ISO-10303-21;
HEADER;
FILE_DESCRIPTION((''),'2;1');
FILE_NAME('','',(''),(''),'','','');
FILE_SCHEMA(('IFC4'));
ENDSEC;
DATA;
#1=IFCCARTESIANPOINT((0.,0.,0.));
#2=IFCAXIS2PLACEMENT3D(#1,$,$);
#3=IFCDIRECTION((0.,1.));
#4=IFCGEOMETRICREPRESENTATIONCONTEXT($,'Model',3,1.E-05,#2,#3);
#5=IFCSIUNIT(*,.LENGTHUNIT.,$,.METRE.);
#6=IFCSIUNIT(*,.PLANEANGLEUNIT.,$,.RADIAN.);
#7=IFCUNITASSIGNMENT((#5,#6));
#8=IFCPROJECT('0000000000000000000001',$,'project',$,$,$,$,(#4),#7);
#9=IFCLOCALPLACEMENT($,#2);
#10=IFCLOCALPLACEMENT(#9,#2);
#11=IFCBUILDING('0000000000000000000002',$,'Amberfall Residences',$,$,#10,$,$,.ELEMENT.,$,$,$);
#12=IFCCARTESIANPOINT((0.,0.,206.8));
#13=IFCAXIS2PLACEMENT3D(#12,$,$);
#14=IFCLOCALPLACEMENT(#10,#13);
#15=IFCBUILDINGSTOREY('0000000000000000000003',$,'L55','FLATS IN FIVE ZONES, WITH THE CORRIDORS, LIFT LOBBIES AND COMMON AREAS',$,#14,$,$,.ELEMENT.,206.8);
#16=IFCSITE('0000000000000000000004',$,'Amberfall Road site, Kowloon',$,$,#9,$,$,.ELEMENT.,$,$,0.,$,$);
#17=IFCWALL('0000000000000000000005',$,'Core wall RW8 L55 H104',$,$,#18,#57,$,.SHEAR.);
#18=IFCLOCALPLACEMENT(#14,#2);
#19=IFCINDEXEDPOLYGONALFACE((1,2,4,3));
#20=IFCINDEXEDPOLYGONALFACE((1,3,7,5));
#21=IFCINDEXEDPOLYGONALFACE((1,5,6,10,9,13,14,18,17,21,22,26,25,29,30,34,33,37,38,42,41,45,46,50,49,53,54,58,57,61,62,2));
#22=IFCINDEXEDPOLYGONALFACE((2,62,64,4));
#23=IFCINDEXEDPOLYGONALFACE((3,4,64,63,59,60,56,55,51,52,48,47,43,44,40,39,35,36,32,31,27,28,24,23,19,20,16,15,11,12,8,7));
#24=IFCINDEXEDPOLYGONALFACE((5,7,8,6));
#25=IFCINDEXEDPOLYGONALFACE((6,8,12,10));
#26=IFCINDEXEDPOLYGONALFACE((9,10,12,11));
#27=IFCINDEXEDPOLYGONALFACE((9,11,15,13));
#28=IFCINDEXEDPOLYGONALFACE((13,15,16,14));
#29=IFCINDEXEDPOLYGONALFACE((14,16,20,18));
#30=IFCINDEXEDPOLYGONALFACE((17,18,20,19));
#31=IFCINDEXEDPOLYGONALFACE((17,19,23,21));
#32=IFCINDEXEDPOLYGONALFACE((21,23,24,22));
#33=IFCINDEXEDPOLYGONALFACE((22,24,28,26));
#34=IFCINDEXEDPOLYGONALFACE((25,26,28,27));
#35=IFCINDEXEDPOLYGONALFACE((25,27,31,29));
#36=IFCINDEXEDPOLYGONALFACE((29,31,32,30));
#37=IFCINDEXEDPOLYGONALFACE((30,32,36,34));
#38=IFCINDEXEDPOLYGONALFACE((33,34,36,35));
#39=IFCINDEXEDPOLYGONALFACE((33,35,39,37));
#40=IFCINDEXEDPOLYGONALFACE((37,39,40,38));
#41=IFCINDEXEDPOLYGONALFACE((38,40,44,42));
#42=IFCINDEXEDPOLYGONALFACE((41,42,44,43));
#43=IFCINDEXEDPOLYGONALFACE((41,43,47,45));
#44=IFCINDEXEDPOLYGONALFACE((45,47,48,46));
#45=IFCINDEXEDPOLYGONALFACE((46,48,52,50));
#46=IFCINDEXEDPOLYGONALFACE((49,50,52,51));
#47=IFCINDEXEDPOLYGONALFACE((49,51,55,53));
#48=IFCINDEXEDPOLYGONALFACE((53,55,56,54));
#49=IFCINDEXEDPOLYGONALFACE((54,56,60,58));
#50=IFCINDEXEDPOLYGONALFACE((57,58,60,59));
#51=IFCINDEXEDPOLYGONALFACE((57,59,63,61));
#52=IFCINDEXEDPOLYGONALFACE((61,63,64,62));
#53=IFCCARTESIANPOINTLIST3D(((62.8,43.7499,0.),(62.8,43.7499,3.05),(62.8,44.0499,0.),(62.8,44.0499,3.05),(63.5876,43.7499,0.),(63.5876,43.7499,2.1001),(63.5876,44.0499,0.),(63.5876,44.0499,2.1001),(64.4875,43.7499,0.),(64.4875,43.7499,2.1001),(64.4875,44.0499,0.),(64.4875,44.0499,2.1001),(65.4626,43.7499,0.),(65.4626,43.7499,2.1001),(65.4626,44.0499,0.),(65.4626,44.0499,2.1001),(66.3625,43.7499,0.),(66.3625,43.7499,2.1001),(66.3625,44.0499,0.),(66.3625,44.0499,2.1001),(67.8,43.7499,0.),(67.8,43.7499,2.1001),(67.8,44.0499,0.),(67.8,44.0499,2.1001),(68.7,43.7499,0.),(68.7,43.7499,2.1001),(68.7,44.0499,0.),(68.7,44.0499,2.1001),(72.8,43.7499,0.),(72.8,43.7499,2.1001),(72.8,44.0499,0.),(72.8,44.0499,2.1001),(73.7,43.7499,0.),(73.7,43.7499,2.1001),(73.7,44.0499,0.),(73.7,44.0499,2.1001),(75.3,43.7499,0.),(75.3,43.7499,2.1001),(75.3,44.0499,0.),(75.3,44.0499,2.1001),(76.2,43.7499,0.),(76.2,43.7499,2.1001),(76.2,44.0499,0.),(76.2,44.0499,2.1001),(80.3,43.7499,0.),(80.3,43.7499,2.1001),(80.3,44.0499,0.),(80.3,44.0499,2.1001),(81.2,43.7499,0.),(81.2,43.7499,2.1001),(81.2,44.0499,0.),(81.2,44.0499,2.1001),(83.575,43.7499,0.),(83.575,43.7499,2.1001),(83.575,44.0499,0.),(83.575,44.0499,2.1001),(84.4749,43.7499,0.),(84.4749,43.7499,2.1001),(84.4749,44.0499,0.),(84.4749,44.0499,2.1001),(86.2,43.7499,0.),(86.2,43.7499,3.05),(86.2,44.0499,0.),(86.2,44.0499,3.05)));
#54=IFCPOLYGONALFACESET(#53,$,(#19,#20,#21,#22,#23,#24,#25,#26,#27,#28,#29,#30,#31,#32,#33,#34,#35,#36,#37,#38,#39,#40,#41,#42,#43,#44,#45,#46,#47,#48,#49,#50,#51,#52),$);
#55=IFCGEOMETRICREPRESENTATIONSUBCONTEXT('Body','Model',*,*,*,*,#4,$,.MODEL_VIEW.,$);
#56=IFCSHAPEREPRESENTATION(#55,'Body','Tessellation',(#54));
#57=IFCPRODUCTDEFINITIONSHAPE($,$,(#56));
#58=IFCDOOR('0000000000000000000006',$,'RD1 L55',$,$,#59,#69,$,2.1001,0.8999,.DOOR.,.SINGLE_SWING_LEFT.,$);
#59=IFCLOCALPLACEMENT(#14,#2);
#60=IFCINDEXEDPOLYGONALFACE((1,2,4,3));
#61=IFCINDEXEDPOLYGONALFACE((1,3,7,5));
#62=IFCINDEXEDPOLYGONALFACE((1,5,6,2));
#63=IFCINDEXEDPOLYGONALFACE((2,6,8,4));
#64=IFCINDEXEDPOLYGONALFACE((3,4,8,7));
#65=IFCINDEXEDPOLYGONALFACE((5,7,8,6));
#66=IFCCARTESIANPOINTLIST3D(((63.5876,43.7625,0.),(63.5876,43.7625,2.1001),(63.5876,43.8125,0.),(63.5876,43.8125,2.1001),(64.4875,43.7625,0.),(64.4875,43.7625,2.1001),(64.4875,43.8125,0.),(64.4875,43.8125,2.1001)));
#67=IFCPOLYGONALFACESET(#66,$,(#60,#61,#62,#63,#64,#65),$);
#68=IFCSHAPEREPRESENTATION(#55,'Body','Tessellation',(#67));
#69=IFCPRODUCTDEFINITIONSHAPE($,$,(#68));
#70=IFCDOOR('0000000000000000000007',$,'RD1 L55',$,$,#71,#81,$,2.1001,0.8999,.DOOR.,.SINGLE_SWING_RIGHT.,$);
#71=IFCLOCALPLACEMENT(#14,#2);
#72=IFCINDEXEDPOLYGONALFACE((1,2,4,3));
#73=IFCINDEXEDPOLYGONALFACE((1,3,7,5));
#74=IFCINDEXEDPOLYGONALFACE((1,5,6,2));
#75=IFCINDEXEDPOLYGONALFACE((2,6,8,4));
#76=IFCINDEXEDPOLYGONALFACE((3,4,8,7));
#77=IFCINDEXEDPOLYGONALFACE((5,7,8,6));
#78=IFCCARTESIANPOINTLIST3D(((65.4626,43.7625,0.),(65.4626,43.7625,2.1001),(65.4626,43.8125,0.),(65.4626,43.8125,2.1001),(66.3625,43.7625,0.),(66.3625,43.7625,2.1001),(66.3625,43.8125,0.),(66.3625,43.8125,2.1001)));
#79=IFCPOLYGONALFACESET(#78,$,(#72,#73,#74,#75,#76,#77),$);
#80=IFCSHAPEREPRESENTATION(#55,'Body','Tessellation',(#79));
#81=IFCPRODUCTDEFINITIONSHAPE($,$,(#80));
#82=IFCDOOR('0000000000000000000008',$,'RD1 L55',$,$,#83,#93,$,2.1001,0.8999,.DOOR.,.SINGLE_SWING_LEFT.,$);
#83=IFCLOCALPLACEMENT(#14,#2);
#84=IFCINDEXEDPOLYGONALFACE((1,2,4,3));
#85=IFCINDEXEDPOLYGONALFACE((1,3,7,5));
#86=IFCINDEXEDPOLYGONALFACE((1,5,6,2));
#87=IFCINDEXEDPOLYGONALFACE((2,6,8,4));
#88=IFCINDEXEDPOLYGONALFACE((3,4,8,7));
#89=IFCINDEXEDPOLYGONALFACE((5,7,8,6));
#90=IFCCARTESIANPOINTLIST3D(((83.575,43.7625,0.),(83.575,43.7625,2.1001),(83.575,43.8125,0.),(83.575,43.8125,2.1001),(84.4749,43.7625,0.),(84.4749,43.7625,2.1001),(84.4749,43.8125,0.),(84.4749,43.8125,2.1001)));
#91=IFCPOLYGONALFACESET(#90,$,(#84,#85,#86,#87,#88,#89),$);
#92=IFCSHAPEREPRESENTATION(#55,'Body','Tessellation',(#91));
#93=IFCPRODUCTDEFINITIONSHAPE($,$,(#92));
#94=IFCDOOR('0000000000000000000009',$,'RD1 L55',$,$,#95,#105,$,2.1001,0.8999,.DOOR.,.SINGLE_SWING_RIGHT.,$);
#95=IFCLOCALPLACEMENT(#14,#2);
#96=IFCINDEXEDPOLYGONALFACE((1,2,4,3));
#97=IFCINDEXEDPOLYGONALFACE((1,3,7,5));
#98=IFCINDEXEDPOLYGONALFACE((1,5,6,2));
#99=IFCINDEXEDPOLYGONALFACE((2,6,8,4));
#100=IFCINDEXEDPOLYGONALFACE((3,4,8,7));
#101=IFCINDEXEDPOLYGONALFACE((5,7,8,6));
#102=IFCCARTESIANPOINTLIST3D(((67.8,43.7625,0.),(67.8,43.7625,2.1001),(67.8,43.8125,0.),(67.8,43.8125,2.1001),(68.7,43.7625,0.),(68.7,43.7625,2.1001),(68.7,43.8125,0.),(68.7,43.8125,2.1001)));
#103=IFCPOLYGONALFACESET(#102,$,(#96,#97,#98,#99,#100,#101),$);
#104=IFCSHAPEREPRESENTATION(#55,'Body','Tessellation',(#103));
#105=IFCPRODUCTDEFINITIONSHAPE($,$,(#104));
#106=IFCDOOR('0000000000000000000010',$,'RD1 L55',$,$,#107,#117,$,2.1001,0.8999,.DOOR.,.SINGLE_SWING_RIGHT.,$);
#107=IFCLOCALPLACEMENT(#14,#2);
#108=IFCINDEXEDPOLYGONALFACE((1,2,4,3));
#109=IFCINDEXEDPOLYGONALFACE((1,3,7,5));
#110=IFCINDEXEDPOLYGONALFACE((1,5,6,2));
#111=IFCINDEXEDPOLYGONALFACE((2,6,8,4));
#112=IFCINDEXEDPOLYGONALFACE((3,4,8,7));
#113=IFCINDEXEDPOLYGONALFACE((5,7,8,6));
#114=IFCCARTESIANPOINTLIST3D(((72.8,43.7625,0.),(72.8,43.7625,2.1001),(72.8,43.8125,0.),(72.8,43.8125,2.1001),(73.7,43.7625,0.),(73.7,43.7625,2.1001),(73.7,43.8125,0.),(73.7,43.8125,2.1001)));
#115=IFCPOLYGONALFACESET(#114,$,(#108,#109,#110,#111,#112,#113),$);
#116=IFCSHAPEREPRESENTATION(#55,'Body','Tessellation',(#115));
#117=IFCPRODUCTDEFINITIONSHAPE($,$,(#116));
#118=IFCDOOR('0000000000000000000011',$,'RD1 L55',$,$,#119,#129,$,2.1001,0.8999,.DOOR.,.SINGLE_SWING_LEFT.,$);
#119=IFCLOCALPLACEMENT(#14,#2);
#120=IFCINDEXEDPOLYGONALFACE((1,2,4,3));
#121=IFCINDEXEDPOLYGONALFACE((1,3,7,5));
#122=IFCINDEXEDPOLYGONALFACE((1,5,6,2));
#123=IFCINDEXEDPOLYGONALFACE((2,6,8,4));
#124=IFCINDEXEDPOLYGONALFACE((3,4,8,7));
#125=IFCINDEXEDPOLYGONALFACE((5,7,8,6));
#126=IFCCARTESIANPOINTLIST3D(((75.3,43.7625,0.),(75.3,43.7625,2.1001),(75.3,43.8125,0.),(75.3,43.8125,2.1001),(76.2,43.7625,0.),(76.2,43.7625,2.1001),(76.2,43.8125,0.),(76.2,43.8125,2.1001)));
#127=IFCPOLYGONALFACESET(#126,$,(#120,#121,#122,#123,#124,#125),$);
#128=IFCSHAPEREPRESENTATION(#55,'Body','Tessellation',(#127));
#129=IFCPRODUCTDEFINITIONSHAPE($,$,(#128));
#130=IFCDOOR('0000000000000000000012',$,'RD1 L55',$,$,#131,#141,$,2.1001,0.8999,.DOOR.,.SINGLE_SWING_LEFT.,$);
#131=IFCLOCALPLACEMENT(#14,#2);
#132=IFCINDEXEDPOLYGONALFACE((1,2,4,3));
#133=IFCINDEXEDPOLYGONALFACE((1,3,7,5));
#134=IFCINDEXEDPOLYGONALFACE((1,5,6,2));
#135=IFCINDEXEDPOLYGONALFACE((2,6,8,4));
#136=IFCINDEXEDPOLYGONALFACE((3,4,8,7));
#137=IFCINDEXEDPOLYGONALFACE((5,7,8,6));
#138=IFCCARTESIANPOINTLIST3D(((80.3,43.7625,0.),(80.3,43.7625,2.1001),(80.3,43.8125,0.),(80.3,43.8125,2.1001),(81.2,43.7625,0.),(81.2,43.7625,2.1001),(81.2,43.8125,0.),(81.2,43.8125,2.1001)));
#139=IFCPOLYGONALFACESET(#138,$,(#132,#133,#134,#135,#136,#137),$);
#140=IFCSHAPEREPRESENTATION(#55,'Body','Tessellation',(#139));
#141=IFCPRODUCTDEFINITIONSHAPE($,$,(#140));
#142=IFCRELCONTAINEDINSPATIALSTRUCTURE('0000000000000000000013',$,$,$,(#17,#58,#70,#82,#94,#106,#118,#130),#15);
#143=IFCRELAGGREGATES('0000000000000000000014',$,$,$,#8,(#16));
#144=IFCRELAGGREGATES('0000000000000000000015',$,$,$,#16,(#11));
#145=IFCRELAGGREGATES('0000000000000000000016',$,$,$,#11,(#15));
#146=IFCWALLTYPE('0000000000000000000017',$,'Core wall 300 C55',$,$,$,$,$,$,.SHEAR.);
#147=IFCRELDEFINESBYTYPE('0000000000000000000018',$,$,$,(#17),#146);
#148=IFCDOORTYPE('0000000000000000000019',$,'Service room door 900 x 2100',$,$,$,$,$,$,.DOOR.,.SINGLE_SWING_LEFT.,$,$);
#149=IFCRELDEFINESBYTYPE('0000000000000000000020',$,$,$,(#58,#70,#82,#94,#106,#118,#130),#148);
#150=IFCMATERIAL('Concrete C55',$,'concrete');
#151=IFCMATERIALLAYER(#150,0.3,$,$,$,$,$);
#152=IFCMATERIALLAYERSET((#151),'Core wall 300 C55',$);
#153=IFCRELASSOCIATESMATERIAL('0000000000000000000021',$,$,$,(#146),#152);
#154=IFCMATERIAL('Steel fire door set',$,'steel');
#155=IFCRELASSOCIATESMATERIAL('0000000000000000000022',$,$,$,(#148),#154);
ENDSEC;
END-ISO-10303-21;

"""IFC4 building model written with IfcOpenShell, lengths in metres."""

from ifc_helpers import new_model, si_unit, direction, frame, frame_2d, origin, place, context, subcontext, project, spatial, rectangle, extrude, material, layer, layer_set, type_object, element, fill, save


model = new_model("IFC4")

# Units and contexts
model_context = context("Model", 3, precision=1e-05, world=origin(), true_north=direction((0.0, 1.0)))
body_context = subcontext(model_context, "Body", "Model", "MODEL_VIEW")
ifc_project = project(units=[si_unit("LENGTHUNIT", "METRE"), si_unit("PLANEANGLEUNIT", "RADIAN")], contexts=[model_context])

# Site, building, storey
site_placement = place(None, origin())
site = spatial("IfcSite", under=ifc_project, at=site_placement, Name="Amberfall Road site, Kowloon", CompositionType="ELEMENT", RefElevation=0.0)
building_placement = place(site_placement, origin())
building = spatial("IfcBuilding", under=site, at=building_placement, Name="Amberfall Residences", CompositionType="ELEMENT")
storey_placement = place(building_placement, frame((0.0, 0.0, 206.8)))
storey = spatial("IfcBuildingStorey", under=building, at=storey_placement, Name="L55", Description="FLATS IN FIVE ZONES, WITH THE CORRIDORS, LIFT LOBBIES AND COMMON AREAS", CompositionType="ELEMENT", Elevation=206.8)

# Wall, openings, doors
ifc_material_1 = material(Name="Concrete C55", Category="concrete")
ifc_layer_1 = layer(ifc_material_1, 0.3)
ifc_layer_set_1 = layer_set([ifc_layer_1], Name="Core wall 300 C55")
wall_type_1 = type_object("IfcWallType", Name="Core wall 300 C55", PredefinedType="SHEAR", material=ifc_layer_set_1)
wall_1_placement = place(storey_placement, frame((62.8, 43.8999, 0.0), z_axis=(0.0, 0.0, 1.0), x_axis=(1.0, 0.0, 0.0)))
wall_1 = element("IfcWall", 1, at=wall_1_placement, inside=storey, type_object=wall_type_1, Name="Core wall RW8 L55 H104", PredefinedType="SHEAR", context=body_context, shape_type="SweptSolid", body=[
    extrude(rectangle(XDim=23.3999, YDim=0.3, at=frame_2d((11.7, 0.0))), origin(), (0.0, 0.0, 1.0), 3.05),
])
opening_1_placement = place(wall_1_placement, frame((0.7876, 0.0, 0.0)))
opening_1 = element("IfcOpeningElement", 2, at=opening_1_placement, cuts=wall_1, PredefinedType="OPENING", context=body_context, shape_type="SweptSolid", body=[
    extrude(rectangle(XDim=0.8999, YDim=2.1001, at=frame_2d((0.45, 1.05))), frame((0.0, 0.1599, 0.0), z_axis=(0.0, -1.0, 0.0), x_axis=(1.0, 0.0, 0.0)), (0.0, 0.0, 1.0), 0.3201),
])
opening_2_placement = place(wall_1_placement, frame((2.6626, 0.0, 0.0)))
opening_2 = element("IfcOpeningElement", 3, at=opening_2_placement, cuts=wall_1, PredefinedType="OPENING", context=body_context, shape_type="SweptSolid", body=[
    extrude(rectangle(XDim=0.8999, YDim=2.1001, at=frame_2d((0.45, 1.05))), frame((0.0, 0.1599, 0.0), z_axis=(0.0, -1.0, 0.0), x_axis=(1.0, 0.0, 0.0)), (0.0, 0.0, 1.0), 0.3201),
])
opening_3_placement = place(wall_1_placement, frame((20.7749, 0.0, 0.0)))
opening_3 = element("IfcOpeningElement", 4, at=opening_3_placement, cuts=wall_1, PredefinedType="OPENING", context=body_context, shape_type="SweptSolid", body=[
    extrude(rectangle(XDim=0.8999, YDim=2.1001, at=frame_2d((0.45, 1.05))), frame((0.0, 0.1599, 0.0), z_axis=(0.0, -1.0, 0.0), x_axis=(1.0, 0.0, 0.0)), (0.0, 0.0, 1.0), 0.3201),
])
opening_4_placement = place(wall_1_placement, frame((5.0, 0.0, 0.0)))
opening_4 = element("IfcOpeningElement", 5, at=opening_4_placement, cuts=wall_1, PredefinedType="OPENING", context=body_context, shape_type="SweptSolid", body=[
    extrude(rectangle(XDim=0.8999, YDim=2.1001, at=frame_2d((0.45, 1.05))), frame((0.0, 0.1599, 0.0), z_axis=(0.0, -1.0, 0.0), x_axis=(1.0, 0.0, 0.0)), (0.0, 0.0, 1.0), 0.3201),
])
opening_5_placement = place(wall_1_placement, frame((10.0, 0.0, 0.0)))
opening_5 = element("IfcOpeningElement", 6, at=opening_5_placement, cuts=wall_1, PredefinedType="OPENING", context=body_context, shape_type="SweptSolid", body=[
    extrude(rectangle(XDim=0.8999, YDim=2.1001, at=frame_2d((0.45, 1.05))), frame((0.0, 0.1599, 0.0), z_axis=(0.0, -1.0, 0.0), x_axis=(1.0, 0.0, 0.0)), (0.0, 0.0, 1.0), 0.3201),
])
opening_6_placement = place(wall_1_placement, frame((12.5, 0.0, 0.0)))
opening_6 = element("IfcOpeningElement", 7, at=opening_6_placement, cuts=wall_1, PredefinedType="OPENING", context=body_context, shape_type="SweptSolid", body=[
    extrude(rectangle(XDim=0.8999, YDim=2.1001, at=frame_2d((0.45, 1.05))), frame((0.0, 0.1599, 0.0), z_axis=(0.0, -1.0, 0.0), x_axis=(1.0, 0.0, 0.0)), (0.0, 0.0, 1.0), 0.3201),
])
opening_7_placement = place(wall_1_placement, frame((17.5, 0.0, 0.0)))
opening_7 = element("IfcOpeningElement", 8, at=opening_7_placement, cuts=wall_1, PredefinedType="OPENING", context=body_context, shape_type="SweptSolid", body=[
    extrude(rectangle(XDim=0.8999, YDim=2.1001, at=frame_2d((0.45, 1.05))), frame((0.0, 0.1599, 0.0), z_axis=(0.0, -1.0, 0.0), x_axis=(1.0, 0.0, 0.0)), (0.0, 0.0, 1.0), 0.3201),
])
ifc_material_2 = material(Name="Steel fire door set", Category="steel")
door_type_1 = type_object("IfcDoorType", Name="Service room door 900 x 2100", OperationType="SINGLE_SWING_LEFT", PredefinedType="DOOR", material=ifc_material_2)
door_1_placement = place(opening_1_placement, origin())
door_1 = element("IfcDoor", 9, at=door_1_placement, inside=storey, type_object=door_type_1, Name="RD1 L55", OperationType="SINGLE_SWING_LEFT", OverallHeight=2.1001, OverallWidth=0.8999, PredefinedType="DOOR", context=body_context, shape_type="SweptSolid", body=[
    extrude(rectangle(XDim=0.8999, YDim=2.1001, at=frame_2d((0.45, 1.05))), frame((0.0, -0.0874, 0.0), z_axis=(0.0, -1.0, 0.0), x_axis=(1.0, 0.0, 0.0)), (0.0, 0.0, 1.0), 0.05),
])
fill(opening_1, door_1)
door_2_placement = place(opening_2_placement, origin())
door_2 = element("IfcDoor", 10, at=door_2_placement, inside=storey, type_object=door_type_1, Name="RD1 L55", OperationType="SINGLE_SWING_RIGHT", OverallHeight=2.1001, OverallWidth=0.8999, PredefinedType="DOOR", context=body_context, shape_type="SweptSolid", body=[
    extrude(rectangle(XDim=0.8999, YDim=2.1001, at=frame_2d((0.45, 1.05))), frame((0.0, -0.0874, 0.0), z_axis=(0.0, -1.0, 0.0), x_axis=(1.0, 0.0, 0.0)), (0.0, 0.0, 1.0), 0.05),
])
fill(opening_2, door_2)
door_3_placement = place(opening_3_placement, origin())
door_3 = element("IfcDoor", 11, at=door_3_placement, inside=storey, type_object=door_type_1, Name="RD1 L55", OperationType="SINGLE_SWING_LEFT", OverallHeight=2.1001, OverallWidth=0.8999, PredefinedType="DOOR", context=body_context, shape_type="SweptSolid", body=[
    extrude(rectangle(XDim=0.8999, YDim=2.1001, at=frame_2d((0.45, 1.05))), frame((0.0, -0.0874, 0.0), z_axis=(0.0, -1.0, 0.0), x_axis=(1.0, 0.0, 0.0)), (0.0, 0.0, 1.0), 0.05),
])
fill(opening_3, door_3)
door_4_placement = place(opening_4_placement, origin())
door_4 = element("IfcDoor", 12, at=door_4_placement, inside=storey, type_object=door_type_1, Name="RD1 L55", OperationType="SINGLE_SWING_RIGHT", OverallHeight=2.1001, OverallWidth=0.8999, PredefinedType="DOOR", context=body_context, shape_type="SweptSolid", body=[
    extrude(rectangle(XDim=0.8999, YDim=2.1001, at=frame_2d((0.45, 1.05))), frame((0.0, -0.0874, 0.0), z_axis=(0.0, -1.0, 0.0), x_axis=(1.0, 0.0, 0.0)), (0.0, 0.0, 1.0), 0.05),
])
fill(opening_4, door_4)
door_5_placement = place(opening_5_placement, origin())
door_5 = element("IfcDoor", 13, at=door_5_placement, inside=storey, type_object=door_type_1, Name="RD1 L55", OperationType="SINGLE_SWING_RIGHT", OverallHeight=2.1001, OverallWidth=0.8999, PredefinedType="DOOR", context=body_context, shape_type="SweptSolid", body=[
    extrude(rectangle(XDim=0.8999, YDim=2.1001, at=frame_2d((0.45, 1.05))), frame((0.0, -0.0874, 0.0), z_axis=(0.0, -1.0, 0.0), x_axis=(1.0, 0.0, 0.0)), (0.0, 0.0, 1.0), 0.05),
])
fill(opening_5, door_5)
door_6_placement = place(opening_6_placement, origin())
door_6 = element("IfcDoor", 14, at=door_6_placement, inside=storey, type_object=door_type_1, Name="RD1 L55", OperationType="SINGLE_SWING_LEFT", OverallHeight=2.1001, OverallWidth=0.8999, PredefinedType="DOOR", context=body_context, shape_type="SweptSolid", body=[
    extrude(rectangle(XDim=0.8999, YDim=2.1001, at=frame_2d((0.45, 1.05))), frame((0.0, -0.0874, 0.0), z_axis=(0.0, -1.0, 0.0), x_axis=(1.0, 0.0, 0.0)), (0.0, 0.0, 1.0), 0.05),
])
fill(opening_6, door_6)
door_7_placement = place(opening_7_placement, origin())
door_7 = element("IfcDoor", 15, at=door_7_placement, inside=storey, type_object=door_type_1, Name="RD1 L55", OperationType="SINGLE_SWING_LEFT", OverallHeight=2.1001, OverallWidth=0.8999, PredefinedType="DOOR", context=body_context, shape_type="SweptSolid", body=[
    extrude(rectangle(XDim=0.8999, YDim=2.1001, at=frame_2d((0.45, 1.05))), frame((0.0, -0.0874, 0.0), z_axis=(0.0, -1.0, 0.0), x_axis=(1.0, 0.0, 0.0)), (0.0, 0.0, 1.0), 0.05),
])
fill(opening_7, door_7)

save(model, "model.ifc")
